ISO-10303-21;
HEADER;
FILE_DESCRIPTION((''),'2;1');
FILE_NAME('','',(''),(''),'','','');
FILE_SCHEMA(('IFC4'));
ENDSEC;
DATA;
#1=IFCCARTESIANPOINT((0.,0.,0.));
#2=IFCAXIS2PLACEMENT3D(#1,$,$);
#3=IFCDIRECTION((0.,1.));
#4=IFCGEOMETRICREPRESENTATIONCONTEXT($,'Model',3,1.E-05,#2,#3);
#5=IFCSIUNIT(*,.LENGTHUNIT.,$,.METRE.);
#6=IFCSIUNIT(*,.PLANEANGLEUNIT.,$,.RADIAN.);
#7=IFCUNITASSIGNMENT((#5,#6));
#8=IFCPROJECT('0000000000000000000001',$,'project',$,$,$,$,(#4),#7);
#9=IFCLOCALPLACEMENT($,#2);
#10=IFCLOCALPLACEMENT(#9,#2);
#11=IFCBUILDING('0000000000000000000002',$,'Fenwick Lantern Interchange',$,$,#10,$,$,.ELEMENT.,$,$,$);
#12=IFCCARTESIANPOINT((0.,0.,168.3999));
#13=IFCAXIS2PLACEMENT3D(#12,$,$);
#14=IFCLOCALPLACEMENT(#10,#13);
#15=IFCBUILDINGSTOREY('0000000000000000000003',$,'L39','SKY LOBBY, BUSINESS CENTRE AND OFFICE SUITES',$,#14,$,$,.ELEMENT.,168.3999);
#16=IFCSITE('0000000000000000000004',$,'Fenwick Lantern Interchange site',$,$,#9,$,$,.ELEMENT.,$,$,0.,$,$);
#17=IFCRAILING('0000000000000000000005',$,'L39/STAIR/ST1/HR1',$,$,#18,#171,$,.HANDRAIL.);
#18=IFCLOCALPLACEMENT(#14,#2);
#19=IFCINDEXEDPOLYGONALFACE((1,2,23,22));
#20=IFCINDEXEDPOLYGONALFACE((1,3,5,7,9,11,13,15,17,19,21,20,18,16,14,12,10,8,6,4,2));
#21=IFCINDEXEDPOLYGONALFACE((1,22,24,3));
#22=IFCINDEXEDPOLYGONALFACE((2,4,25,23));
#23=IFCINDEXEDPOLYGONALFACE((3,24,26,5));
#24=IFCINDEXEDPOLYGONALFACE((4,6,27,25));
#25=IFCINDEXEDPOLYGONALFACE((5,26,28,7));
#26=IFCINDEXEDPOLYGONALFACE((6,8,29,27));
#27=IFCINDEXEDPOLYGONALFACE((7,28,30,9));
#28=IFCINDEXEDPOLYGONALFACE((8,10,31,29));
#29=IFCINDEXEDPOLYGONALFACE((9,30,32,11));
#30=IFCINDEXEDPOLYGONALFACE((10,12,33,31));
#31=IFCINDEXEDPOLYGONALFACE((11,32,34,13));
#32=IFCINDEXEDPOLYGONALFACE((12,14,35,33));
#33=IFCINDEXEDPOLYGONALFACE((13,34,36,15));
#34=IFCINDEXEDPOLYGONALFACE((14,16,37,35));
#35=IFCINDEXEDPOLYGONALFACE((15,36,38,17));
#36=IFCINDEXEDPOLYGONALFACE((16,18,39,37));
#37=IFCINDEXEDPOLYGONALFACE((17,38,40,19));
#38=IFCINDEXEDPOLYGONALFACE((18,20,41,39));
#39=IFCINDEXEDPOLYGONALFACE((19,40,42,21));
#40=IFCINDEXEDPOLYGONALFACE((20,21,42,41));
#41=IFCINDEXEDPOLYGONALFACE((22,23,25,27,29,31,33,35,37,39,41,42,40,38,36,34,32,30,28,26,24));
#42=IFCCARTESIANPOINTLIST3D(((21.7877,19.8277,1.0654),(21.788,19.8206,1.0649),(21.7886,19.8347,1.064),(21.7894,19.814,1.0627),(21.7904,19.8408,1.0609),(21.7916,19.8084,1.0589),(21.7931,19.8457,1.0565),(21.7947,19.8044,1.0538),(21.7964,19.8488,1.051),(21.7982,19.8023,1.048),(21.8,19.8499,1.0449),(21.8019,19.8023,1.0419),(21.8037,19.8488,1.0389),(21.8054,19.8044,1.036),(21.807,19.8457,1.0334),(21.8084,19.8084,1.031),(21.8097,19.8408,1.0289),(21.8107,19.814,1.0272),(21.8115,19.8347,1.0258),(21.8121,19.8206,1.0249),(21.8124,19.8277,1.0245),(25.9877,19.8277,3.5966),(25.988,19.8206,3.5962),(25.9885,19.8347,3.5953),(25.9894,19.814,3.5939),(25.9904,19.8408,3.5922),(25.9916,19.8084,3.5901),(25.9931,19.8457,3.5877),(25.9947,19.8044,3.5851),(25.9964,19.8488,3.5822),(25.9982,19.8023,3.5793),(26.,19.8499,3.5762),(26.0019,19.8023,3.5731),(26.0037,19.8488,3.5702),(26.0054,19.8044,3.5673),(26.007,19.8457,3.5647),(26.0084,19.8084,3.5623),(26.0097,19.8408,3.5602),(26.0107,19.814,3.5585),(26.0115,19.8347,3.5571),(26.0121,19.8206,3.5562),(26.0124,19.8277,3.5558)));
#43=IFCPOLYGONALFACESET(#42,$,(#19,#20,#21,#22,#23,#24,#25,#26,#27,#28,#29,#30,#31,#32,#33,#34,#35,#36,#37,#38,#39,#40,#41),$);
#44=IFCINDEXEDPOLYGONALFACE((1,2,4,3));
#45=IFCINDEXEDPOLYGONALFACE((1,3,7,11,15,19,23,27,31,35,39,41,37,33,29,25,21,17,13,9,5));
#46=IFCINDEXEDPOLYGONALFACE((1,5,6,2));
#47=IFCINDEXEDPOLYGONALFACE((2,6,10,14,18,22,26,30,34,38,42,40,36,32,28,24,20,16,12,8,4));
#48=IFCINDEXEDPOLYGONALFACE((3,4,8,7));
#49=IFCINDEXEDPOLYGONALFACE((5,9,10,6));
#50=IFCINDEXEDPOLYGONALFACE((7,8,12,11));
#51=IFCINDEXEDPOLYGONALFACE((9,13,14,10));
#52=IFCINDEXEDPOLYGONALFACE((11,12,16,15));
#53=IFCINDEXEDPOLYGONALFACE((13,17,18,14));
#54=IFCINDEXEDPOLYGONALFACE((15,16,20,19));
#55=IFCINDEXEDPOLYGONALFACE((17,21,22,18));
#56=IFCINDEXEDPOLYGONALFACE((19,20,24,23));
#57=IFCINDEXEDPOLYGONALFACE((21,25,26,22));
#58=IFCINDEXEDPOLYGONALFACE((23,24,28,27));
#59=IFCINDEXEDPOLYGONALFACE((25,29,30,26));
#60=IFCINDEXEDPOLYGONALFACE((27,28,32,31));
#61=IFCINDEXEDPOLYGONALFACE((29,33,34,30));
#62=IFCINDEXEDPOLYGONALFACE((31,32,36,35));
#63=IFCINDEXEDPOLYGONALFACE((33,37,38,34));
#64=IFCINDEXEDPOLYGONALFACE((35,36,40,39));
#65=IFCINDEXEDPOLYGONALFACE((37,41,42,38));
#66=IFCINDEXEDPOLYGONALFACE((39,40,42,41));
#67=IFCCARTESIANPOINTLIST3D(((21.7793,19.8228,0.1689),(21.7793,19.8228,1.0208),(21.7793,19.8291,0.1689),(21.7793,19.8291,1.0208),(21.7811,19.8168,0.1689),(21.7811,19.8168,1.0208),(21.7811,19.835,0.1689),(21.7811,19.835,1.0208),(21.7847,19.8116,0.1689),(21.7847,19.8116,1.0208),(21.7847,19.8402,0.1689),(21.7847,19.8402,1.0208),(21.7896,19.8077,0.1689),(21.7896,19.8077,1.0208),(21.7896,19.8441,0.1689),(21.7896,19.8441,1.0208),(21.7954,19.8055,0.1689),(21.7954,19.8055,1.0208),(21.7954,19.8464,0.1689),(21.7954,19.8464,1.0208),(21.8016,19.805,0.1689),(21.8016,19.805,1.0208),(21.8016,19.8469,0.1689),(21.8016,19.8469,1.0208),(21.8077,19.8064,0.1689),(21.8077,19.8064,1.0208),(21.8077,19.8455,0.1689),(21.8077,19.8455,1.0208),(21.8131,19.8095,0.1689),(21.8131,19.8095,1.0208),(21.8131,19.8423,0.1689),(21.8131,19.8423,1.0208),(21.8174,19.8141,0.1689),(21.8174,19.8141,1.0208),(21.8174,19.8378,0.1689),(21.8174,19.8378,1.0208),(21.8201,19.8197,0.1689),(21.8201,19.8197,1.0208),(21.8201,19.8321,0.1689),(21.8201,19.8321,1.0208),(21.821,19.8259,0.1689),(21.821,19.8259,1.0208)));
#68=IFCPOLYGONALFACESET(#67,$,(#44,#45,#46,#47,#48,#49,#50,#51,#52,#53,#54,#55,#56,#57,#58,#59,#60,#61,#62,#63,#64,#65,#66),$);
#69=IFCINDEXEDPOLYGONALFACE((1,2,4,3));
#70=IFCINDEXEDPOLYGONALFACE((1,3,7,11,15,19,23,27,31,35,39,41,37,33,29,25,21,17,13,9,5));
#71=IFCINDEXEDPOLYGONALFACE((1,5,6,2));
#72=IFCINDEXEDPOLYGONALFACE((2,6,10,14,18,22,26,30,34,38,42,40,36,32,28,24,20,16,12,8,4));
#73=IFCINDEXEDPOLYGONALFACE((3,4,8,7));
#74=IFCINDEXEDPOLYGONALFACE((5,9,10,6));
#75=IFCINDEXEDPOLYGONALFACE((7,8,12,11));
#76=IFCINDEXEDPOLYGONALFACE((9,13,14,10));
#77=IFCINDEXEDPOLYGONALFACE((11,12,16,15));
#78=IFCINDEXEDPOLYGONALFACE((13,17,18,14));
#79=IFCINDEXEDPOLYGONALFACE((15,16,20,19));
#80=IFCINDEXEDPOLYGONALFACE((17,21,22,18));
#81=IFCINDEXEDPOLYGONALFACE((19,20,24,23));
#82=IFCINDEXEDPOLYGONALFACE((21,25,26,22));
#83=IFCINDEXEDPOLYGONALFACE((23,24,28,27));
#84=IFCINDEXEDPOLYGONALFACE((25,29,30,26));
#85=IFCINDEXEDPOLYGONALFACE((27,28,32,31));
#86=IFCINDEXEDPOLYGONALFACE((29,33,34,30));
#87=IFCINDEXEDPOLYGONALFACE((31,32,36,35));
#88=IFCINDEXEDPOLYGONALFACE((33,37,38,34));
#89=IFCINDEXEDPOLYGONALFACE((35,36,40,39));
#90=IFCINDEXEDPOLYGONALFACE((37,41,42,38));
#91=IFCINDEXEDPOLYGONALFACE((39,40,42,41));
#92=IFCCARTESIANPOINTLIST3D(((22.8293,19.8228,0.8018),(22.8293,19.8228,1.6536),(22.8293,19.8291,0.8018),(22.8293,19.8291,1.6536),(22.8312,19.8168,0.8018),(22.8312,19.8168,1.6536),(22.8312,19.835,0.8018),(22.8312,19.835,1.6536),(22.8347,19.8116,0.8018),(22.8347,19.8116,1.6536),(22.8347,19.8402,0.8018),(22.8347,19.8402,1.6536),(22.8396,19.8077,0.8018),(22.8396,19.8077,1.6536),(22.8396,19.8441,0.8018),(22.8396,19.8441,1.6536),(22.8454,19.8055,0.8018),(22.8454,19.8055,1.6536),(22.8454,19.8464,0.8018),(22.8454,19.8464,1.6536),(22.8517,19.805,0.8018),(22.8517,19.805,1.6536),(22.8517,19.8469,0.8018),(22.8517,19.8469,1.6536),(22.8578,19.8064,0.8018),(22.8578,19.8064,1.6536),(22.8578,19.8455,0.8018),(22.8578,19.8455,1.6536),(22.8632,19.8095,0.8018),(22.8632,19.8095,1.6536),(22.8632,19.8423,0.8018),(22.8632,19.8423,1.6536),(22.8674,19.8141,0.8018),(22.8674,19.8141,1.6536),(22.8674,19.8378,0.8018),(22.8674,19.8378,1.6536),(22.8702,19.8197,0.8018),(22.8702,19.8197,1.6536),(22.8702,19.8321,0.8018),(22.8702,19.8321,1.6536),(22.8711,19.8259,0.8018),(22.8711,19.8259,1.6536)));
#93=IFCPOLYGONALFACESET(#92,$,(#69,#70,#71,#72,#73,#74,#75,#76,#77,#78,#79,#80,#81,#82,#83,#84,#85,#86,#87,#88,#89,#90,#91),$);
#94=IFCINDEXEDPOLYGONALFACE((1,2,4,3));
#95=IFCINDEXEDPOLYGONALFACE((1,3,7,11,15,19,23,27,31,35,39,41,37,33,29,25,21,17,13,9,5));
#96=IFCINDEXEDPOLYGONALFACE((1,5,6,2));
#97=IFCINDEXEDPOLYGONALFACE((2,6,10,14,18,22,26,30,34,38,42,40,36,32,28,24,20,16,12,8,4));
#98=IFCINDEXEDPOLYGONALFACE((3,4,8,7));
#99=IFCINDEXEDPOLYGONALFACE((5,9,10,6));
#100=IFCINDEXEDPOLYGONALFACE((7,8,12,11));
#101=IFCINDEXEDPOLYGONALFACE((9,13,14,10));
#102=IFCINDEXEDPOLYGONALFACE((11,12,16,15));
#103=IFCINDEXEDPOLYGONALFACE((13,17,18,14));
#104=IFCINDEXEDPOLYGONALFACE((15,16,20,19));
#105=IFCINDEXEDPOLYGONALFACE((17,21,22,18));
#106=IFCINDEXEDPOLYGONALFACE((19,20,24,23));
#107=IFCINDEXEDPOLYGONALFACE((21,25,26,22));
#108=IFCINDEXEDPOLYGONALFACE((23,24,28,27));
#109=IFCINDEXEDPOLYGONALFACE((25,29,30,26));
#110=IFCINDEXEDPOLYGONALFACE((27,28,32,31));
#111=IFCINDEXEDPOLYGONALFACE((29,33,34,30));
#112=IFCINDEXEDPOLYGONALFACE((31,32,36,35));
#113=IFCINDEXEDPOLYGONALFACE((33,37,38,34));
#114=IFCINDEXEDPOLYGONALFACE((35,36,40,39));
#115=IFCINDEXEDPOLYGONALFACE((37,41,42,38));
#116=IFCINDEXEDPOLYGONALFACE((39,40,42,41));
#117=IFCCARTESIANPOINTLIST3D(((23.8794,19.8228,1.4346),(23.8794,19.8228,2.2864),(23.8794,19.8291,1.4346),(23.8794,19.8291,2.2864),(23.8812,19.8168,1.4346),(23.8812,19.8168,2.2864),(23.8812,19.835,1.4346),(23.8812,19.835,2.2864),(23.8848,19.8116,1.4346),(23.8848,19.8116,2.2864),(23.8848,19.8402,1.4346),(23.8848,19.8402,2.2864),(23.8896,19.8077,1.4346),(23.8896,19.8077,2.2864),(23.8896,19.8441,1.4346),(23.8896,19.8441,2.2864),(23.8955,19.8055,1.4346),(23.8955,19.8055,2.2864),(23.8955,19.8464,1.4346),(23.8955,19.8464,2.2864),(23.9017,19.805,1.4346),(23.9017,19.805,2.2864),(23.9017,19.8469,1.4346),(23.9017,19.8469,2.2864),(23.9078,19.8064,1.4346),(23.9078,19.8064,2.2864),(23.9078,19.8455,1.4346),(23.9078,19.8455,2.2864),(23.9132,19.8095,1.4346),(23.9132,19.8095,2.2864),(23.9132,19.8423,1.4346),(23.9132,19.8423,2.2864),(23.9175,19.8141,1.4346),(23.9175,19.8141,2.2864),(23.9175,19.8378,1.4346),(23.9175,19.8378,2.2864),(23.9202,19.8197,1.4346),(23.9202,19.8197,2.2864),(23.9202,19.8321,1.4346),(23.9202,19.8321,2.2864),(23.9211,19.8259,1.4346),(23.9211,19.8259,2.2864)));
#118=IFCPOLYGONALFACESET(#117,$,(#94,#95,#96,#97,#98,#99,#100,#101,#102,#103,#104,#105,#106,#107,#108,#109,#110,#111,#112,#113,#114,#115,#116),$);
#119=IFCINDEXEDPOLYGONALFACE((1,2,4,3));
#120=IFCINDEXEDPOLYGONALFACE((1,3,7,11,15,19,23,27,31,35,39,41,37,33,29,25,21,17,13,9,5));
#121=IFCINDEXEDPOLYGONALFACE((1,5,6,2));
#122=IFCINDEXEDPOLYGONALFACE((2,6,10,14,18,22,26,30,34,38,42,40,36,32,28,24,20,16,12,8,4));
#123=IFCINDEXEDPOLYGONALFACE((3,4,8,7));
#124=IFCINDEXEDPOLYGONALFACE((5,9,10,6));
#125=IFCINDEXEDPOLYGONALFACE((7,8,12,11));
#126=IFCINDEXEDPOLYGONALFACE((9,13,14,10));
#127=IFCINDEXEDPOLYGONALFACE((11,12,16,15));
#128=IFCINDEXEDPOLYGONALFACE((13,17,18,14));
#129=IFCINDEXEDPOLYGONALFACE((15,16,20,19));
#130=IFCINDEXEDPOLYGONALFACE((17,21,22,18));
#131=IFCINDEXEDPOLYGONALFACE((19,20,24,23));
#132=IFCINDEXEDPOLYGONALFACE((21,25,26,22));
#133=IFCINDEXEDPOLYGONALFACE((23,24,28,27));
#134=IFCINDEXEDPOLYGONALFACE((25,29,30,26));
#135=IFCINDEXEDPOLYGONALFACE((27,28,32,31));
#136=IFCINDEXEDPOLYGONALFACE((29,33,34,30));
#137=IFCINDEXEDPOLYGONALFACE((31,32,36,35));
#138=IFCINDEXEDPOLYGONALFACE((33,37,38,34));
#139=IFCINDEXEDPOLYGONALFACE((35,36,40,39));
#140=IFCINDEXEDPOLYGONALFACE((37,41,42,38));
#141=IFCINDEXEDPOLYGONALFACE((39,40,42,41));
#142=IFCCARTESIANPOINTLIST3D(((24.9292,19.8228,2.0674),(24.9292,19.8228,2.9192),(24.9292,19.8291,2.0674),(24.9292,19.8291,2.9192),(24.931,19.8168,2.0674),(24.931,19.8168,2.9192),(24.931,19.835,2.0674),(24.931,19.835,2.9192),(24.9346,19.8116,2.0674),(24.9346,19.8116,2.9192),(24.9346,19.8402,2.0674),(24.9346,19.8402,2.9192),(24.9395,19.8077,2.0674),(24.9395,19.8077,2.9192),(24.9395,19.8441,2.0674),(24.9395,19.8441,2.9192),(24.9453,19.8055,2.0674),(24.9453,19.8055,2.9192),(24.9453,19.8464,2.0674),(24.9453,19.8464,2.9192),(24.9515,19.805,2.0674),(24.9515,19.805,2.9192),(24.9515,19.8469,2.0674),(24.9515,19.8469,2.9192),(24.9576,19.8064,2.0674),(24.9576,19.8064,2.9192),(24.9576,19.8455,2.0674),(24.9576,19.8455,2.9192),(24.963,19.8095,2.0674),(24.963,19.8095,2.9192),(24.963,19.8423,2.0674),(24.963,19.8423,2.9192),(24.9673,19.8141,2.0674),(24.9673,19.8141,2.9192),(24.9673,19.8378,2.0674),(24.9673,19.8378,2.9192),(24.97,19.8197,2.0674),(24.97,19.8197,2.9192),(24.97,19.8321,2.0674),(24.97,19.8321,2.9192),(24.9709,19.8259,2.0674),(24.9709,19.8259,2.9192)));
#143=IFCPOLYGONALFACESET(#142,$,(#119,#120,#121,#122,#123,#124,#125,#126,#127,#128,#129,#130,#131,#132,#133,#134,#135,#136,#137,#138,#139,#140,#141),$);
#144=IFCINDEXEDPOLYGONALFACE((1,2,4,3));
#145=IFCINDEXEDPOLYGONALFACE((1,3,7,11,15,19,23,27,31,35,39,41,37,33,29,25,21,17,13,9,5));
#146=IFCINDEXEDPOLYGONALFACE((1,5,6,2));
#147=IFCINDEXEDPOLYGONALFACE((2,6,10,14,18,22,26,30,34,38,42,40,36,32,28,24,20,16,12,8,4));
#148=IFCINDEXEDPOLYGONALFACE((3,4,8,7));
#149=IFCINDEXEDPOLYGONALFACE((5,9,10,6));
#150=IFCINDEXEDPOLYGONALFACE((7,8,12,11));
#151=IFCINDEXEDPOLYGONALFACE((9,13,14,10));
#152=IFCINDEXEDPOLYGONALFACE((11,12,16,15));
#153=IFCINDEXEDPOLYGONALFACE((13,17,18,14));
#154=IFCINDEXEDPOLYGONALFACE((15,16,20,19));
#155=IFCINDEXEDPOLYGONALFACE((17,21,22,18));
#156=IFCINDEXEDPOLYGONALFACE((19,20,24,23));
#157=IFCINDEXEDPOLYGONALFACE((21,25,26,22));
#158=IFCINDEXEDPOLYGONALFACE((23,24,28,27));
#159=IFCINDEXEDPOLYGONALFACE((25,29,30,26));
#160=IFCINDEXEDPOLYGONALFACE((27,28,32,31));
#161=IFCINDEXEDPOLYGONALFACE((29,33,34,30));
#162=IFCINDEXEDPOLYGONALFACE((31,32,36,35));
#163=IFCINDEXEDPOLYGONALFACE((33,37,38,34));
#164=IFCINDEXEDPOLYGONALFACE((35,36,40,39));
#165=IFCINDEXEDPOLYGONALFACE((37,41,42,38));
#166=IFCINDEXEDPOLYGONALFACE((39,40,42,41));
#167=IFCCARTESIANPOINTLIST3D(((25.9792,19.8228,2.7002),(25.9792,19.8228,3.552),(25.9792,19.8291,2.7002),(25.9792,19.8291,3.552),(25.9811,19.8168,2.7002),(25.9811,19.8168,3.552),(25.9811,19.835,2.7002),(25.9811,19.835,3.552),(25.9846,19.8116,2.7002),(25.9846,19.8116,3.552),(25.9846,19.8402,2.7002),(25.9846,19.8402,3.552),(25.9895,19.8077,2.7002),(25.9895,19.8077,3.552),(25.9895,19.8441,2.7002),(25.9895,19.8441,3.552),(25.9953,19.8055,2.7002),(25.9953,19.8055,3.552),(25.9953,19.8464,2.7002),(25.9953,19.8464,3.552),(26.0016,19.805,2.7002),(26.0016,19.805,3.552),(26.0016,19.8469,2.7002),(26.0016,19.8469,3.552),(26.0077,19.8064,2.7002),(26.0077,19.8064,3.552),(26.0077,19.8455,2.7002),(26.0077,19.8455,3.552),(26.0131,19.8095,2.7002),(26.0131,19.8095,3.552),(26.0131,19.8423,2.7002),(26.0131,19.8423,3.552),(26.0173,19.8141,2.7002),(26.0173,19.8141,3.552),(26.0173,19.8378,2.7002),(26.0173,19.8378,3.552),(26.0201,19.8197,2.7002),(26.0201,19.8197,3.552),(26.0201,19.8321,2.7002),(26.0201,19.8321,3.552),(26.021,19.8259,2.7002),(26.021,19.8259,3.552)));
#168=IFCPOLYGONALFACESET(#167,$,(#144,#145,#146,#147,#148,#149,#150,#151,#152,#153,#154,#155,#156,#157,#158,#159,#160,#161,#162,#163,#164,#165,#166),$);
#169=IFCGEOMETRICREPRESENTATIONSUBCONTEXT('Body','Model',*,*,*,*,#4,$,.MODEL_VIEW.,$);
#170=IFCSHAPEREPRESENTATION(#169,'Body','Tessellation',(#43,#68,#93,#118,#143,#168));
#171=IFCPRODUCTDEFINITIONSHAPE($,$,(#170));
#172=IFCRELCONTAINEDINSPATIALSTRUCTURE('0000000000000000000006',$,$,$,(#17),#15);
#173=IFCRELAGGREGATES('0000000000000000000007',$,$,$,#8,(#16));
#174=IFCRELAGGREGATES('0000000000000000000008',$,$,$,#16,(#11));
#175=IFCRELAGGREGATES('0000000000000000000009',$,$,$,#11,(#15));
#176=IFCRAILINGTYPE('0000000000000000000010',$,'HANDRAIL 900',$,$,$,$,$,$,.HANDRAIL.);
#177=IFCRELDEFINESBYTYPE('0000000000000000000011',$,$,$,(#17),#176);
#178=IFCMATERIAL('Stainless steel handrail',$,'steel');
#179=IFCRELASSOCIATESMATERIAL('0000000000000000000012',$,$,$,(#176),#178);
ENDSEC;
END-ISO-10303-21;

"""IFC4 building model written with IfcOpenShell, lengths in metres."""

from ifc_helpers import new_model, si_unit, direction, frame, origin, origin_2d, place, context, subcontext, project, spatial, circle, extrude, material, type_object, element, save


model = new_model("IFC4")

# Units and contexts
model_context = context("Model", 3, precision=1e-05, world=origin(), true_north=direction((0.0, 1.0)))
body_context = subcontext(model_context, "Body", "Model", "MODEL_VIEW")
ifc_project = project(units=[si_unit("LENGTHUNIT", "METRE"), si_unit("PLANEANGLEUNIT", "RADIAN")], contexts=[model_context])

# Site, building, storey
site_placement = place(None, origin())
site = spatial("IfcSite", under=ifc_project, at=site_placement, Name="Fenwick Lantern Interchange site", CompositionType="ELEMENT", RefElevation=0.0)
building_placement = place(site_placement, origin())
building = spatial("IfcBuilding", under=site, at=building_placement, Name="Fenwick Lantern Interchange", CompositionType="ELEMENT")
storey_placement = place(building_placement, frame((0.0, 0.0, 168.3999)))
storey = spatial("IfcBuildingStorey", under=building, at=storey_placement, Name="L39", Description="SKY LOBBY, BUSINESS CENTRE AND OFFICE SUITES", CompositionType="ELEMENT", Elevation=168.3999)

# Railing
ifc_material_1 = material(Name="Stainless steel handrail", Category="steel")
railing_type = type_object("IfcRailingType", Name="HANDRAIL 900", PredefinedType="HANDRAIL", material=ifc_material_1)
railing_1_placement = place(storey_placement, frame((21.8, 19.8259, 0.1689)))
element("IfcRailing", 1, at=railing_1_placement, inside=storey, type_object=railing_type, Name="L39/STAIR/ST1/HR1", PredefinedType="HANDRAIL", context=body_context, shape_type="SweptSolid", body=[
    extrude(circle(Radius=0.0239, at=origin_2d()), frame((0.0, 0.0, 0.876), z_axis=(0.856476, 0.0, 0.516186), x_axis=(0.0, 1.0, 0.0)), (0.0, 0.0, 1.0), 4.9038),
    extrude(circle(Radius=0.021, at=origin_2d()), origin(), (0.0, 0.0, 1.0), 0.8518),
    extrude(circle(Radius=0.021, at=origin_2d()), frame((1.05, 0.0, 0.6328)), (0.0, 0.0, 1.0), 0.8518),
    extrude(circle(Radius=0.021, at=origin_2d()), frame((2.1001, 0.0, 1.2656)), (0.0, 0.0, 1.0), 0.8518),
    extrude(circle(Radius=0.021, at=origin_2d()), frame((3.1499, 0.0, 1.8984)), (0.0, 0.0, 1.0), 0.8518),
    extrude(circle(Radius=0.021, at=origin_2d()), frame((4.2, 0.0, 2.5312)), (0.0, 0.0, 1.0), 0.8518),
])

save(model, "model.ifc")
